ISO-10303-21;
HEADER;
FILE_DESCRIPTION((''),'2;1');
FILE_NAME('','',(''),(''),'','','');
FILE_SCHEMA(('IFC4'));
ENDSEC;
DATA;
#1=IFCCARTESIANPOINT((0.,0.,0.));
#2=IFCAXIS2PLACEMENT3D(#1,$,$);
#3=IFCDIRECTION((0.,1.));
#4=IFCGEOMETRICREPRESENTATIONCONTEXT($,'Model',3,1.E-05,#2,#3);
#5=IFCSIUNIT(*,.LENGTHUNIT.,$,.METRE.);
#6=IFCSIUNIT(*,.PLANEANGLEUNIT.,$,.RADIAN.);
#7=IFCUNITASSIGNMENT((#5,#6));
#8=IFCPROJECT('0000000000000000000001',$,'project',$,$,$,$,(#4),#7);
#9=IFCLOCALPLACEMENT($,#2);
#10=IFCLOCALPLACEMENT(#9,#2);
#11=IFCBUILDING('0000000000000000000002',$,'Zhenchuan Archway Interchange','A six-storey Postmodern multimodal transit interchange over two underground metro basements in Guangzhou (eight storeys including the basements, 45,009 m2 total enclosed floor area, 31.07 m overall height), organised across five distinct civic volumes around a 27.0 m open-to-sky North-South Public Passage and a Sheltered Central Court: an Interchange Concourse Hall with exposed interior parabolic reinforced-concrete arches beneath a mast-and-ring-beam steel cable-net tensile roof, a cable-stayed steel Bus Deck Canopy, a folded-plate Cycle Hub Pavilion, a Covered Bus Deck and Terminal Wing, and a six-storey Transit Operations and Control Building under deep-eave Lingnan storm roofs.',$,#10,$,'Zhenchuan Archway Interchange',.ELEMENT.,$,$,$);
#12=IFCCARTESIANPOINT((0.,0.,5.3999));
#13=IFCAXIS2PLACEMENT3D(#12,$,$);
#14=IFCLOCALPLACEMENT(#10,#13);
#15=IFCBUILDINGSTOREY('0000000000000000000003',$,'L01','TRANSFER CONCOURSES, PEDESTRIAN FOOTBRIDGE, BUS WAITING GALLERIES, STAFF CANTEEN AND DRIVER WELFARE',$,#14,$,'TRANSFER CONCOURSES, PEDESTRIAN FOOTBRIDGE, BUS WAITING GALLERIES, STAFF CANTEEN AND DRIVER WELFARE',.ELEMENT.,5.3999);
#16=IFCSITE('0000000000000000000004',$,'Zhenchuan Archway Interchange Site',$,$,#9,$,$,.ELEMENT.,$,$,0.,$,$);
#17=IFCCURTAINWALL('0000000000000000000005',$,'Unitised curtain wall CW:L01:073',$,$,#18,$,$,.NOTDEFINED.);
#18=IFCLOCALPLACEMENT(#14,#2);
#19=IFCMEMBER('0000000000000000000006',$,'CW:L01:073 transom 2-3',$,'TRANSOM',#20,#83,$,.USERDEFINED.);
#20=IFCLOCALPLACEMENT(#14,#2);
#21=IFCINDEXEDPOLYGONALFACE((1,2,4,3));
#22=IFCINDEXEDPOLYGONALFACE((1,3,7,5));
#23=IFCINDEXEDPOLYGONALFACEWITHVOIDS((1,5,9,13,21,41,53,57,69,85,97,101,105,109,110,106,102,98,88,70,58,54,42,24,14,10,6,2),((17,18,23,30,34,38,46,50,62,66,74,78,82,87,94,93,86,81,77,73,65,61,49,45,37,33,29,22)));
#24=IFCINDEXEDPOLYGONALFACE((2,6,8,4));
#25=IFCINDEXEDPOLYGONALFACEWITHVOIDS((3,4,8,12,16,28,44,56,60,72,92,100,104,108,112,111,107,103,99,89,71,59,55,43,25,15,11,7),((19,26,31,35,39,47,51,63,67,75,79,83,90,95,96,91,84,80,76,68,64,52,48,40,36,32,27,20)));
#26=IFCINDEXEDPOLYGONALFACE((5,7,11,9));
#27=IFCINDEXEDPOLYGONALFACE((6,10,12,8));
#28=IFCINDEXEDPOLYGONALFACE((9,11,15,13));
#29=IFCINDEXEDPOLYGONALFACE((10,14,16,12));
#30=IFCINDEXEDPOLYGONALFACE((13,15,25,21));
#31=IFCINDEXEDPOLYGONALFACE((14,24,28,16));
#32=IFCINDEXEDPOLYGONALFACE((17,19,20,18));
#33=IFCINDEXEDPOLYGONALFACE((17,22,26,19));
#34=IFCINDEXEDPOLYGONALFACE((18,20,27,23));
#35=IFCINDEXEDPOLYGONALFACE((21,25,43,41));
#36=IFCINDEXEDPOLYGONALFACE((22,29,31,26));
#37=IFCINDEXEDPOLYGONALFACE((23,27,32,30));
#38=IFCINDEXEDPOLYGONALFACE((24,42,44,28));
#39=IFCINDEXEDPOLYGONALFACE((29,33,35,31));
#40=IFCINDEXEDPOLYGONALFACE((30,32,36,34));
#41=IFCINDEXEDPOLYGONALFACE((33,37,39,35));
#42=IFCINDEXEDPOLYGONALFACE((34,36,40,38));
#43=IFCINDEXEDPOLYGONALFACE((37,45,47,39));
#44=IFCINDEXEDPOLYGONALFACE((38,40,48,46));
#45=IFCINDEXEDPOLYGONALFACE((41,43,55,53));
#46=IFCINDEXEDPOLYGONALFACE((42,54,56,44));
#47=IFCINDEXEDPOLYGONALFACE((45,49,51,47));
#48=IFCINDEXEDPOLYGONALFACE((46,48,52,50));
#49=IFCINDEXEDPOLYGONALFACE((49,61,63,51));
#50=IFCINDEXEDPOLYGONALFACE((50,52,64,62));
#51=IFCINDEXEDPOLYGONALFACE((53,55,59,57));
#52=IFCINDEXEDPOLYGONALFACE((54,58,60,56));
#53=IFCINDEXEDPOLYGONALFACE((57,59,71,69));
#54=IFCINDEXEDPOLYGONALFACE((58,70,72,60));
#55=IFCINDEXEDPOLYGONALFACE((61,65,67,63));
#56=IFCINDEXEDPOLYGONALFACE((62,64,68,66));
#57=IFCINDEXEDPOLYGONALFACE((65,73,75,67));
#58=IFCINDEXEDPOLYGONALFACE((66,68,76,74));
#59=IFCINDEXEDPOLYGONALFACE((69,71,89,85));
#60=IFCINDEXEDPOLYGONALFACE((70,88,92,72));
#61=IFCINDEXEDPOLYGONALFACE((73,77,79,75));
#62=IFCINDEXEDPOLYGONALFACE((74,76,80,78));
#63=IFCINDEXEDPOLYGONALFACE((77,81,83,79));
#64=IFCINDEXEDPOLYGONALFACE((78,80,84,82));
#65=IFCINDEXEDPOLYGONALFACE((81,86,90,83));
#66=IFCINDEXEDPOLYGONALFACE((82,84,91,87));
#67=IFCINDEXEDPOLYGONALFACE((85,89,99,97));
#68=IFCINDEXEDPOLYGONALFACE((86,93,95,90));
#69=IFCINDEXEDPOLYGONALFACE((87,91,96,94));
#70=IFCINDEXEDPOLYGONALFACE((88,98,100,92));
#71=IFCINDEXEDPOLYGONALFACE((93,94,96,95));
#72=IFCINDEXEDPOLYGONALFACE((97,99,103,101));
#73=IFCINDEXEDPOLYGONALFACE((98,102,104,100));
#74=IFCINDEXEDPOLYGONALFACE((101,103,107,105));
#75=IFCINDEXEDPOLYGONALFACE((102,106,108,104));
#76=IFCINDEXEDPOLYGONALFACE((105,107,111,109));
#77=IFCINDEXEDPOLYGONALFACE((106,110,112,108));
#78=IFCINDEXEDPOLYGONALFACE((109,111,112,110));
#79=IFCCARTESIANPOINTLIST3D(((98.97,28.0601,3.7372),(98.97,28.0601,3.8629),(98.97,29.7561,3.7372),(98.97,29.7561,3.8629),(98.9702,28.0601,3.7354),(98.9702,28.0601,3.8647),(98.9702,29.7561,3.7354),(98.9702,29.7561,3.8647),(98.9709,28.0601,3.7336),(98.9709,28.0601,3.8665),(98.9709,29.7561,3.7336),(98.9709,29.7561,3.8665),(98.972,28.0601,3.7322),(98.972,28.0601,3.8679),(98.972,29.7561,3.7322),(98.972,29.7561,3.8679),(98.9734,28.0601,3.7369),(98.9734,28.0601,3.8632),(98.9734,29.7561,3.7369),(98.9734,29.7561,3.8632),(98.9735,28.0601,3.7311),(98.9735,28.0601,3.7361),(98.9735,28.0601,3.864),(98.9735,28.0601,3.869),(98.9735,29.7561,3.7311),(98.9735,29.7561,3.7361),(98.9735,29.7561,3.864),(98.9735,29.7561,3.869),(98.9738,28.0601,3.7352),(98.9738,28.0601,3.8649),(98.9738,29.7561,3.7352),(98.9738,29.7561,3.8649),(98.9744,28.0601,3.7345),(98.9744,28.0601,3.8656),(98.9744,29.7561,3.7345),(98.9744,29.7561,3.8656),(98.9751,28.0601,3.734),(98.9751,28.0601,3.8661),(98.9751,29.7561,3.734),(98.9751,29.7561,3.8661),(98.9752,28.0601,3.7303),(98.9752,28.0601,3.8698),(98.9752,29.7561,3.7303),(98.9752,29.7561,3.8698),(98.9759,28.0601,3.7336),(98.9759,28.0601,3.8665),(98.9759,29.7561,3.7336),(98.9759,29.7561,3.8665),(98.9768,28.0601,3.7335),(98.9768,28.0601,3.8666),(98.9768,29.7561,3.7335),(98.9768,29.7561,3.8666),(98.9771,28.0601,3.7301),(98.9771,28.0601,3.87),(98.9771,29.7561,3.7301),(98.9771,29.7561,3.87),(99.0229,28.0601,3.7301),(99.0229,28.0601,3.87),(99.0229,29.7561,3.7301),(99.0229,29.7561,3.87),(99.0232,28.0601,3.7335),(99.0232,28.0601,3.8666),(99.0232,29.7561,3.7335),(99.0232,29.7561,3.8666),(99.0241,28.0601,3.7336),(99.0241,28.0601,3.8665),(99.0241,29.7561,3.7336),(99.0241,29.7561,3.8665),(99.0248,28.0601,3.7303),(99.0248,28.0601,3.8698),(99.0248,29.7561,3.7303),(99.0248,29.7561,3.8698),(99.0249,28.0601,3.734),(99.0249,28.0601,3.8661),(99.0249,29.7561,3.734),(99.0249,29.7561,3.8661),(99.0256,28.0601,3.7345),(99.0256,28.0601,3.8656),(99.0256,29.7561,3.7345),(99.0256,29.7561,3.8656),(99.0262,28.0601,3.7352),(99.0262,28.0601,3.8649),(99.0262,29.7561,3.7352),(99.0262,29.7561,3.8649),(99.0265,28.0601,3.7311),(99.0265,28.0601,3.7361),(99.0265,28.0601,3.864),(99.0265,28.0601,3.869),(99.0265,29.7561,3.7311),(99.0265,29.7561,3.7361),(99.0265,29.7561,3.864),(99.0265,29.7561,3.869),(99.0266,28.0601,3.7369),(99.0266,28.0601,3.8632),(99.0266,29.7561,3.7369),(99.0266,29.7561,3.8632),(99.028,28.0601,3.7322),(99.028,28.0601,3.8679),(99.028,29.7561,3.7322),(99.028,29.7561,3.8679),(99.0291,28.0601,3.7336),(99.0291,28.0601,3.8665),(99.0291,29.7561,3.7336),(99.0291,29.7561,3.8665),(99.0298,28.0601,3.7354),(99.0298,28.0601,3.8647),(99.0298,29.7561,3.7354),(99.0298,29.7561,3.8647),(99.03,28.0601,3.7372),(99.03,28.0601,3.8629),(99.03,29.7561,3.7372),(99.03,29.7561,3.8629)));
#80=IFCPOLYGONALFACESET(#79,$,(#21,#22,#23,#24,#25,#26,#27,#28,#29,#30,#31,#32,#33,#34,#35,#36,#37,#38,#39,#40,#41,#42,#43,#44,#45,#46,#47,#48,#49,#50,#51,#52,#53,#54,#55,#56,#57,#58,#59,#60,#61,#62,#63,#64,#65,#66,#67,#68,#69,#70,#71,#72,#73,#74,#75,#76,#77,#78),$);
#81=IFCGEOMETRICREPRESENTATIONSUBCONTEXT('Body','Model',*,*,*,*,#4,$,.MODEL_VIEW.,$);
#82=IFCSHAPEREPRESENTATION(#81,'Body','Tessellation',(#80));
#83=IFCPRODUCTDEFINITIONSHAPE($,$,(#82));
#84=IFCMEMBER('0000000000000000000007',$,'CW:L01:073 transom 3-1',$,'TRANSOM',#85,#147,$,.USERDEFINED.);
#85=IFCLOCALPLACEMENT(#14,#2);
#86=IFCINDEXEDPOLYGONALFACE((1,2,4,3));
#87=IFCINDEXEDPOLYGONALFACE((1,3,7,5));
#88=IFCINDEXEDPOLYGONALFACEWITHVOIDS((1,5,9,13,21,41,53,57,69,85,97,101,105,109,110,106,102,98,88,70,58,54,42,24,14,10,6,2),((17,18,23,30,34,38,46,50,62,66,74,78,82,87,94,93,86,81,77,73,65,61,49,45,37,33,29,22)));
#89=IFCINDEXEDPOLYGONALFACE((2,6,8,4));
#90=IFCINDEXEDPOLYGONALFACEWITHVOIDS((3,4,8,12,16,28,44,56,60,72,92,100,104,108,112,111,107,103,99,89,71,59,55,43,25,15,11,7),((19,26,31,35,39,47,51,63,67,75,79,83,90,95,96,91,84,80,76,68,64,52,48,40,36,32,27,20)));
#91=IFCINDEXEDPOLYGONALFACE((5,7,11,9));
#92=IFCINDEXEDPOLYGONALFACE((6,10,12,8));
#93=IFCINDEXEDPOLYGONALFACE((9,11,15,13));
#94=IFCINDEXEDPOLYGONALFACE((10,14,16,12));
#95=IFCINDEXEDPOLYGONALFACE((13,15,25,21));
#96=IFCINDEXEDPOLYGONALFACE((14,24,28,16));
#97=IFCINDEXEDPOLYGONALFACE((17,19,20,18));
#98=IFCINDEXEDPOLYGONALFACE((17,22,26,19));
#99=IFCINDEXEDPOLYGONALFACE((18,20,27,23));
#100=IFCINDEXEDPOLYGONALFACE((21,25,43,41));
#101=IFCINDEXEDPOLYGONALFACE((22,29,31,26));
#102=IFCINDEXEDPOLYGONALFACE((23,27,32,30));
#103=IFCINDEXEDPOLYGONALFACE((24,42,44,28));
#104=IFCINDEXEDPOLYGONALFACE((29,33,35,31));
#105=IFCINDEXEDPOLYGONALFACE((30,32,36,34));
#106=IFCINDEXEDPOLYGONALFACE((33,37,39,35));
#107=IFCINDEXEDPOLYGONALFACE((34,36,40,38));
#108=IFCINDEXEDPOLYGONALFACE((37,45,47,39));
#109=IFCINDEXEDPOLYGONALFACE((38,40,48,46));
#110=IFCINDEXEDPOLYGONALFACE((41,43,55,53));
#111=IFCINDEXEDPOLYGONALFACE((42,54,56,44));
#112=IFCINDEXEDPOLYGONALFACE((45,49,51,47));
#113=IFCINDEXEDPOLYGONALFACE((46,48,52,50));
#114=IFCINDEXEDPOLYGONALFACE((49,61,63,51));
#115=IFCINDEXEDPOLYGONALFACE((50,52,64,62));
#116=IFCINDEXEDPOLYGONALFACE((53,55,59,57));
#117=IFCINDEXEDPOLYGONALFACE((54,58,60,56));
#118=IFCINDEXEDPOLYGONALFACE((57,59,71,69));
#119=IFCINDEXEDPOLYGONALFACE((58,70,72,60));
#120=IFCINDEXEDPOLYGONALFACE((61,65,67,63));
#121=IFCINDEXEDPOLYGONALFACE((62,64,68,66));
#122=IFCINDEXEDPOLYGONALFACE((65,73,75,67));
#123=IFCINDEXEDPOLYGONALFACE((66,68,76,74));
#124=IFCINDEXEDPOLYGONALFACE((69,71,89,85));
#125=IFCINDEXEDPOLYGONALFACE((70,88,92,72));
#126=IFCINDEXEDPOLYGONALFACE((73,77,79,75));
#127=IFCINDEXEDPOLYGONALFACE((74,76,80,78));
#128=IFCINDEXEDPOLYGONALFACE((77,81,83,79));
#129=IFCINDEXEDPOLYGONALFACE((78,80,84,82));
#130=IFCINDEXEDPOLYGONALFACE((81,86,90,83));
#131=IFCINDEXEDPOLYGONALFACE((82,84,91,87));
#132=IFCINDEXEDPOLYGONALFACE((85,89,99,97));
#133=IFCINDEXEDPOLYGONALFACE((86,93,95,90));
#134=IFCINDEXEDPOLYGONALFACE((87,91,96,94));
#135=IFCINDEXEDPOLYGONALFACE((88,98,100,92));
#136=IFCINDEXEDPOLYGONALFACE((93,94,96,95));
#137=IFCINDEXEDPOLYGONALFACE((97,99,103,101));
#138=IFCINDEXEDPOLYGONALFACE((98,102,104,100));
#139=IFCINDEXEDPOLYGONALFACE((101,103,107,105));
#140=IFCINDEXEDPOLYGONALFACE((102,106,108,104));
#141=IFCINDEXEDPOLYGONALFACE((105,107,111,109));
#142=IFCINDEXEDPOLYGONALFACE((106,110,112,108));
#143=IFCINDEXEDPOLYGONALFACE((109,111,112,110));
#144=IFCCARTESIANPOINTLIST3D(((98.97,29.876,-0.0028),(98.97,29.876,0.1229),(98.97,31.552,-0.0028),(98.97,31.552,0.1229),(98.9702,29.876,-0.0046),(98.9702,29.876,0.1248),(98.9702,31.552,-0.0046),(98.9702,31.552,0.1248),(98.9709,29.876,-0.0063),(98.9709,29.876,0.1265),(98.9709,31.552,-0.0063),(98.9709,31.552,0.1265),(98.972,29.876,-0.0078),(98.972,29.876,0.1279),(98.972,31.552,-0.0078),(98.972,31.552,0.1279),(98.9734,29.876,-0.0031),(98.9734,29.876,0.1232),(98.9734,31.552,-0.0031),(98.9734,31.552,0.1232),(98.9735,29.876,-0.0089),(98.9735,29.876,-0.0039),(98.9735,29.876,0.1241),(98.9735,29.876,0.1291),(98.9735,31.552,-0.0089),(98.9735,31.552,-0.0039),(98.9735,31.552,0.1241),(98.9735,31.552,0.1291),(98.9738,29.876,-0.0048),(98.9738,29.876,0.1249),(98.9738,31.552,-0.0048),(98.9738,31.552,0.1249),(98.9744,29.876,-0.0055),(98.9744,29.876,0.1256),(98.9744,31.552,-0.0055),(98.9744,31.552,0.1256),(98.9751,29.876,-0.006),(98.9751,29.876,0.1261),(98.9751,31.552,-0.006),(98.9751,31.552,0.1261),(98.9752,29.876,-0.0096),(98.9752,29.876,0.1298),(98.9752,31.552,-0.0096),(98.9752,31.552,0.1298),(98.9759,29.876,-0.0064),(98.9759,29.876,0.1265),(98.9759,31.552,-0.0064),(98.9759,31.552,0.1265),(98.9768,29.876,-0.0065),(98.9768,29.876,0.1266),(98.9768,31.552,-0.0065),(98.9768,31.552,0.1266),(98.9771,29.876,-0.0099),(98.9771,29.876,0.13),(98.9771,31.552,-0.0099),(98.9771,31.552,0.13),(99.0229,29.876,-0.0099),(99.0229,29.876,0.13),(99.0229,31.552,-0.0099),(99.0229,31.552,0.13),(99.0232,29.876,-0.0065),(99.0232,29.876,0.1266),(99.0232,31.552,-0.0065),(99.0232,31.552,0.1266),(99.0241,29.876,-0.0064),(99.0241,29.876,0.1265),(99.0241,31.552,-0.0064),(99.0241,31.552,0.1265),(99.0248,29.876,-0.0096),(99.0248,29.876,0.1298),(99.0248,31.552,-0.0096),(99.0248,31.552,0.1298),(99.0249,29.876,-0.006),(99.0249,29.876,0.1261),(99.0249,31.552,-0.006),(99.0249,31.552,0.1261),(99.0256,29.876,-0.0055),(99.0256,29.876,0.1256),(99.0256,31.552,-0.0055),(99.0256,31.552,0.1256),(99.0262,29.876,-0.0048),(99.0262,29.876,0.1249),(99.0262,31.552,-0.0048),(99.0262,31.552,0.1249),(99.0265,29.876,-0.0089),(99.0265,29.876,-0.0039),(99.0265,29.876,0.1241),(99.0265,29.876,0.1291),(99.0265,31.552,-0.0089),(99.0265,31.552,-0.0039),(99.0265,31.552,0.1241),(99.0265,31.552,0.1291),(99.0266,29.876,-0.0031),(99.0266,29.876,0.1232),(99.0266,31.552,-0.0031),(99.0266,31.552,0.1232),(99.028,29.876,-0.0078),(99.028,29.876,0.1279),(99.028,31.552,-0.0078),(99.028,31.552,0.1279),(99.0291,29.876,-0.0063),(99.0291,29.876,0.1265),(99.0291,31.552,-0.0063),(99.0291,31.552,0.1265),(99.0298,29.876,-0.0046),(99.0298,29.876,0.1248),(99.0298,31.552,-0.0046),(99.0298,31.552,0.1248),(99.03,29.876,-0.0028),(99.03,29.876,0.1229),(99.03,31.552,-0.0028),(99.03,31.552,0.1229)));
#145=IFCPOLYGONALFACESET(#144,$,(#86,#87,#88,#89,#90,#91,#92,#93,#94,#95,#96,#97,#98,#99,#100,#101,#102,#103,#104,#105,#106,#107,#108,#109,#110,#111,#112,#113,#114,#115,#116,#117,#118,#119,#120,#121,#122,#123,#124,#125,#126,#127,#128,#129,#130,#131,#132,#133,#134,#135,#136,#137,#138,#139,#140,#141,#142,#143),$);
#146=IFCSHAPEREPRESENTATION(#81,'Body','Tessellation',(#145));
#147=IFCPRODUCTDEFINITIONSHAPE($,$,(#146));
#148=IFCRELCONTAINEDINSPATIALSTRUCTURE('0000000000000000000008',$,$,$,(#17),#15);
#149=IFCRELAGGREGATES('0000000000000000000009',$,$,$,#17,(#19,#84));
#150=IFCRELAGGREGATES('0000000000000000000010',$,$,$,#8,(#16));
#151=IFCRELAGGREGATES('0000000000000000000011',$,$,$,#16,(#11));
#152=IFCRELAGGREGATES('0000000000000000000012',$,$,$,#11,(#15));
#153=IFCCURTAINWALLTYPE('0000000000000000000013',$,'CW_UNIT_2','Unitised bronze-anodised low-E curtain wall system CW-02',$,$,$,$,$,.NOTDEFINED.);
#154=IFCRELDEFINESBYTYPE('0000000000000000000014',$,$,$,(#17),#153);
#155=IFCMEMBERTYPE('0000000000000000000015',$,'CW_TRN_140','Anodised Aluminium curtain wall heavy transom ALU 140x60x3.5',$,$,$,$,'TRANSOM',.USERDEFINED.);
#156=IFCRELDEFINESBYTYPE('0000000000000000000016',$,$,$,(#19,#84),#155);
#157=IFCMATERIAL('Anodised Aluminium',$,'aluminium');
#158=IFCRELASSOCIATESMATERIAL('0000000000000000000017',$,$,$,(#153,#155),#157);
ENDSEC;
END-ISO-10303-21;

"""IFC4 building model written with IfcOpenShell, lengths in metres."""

from ifc_helpers import new_model, si_unit, direction, frame, origin, origin_2d, place, context, subcontext, project, spatial, hollow_rectangle, extrude, material, material_profile, profile_set, type_object, element, aggregate, save


model = new_model("IFC4")

# Units and contexts
model_context = context("Model", 3, precision=1e-05, world=origin(), true_north=direction((0.0, 1.0)))
body_context = subcontext(model_context, "Body", "Model", "MODEL_VIEW")
ifc_project = project(units=[si_unit("LENGTHUNIT", "METRE"), si_unit("PLANEANGLEUNIT", "RADIAN")], contexts=[model_context])

# Site, building, storey
site_placement = place(None, origin())
site = spatial("IfcSite", under=ifc_project, at=site_placement, Name="Zhenchuan Archway Interchange Site", CompositionType="ELEMENT", RefElevation=0.0)
building_placement = place(site_placement, origin())
building = spatial("IfcBuilding", under=site, at=building_placement, Name="Zhenchuan Archway Interchange", Description="A six-storey Postmodern multimodal transit interchange over two underground metro basements in Guangzhou (eight storeys including the basements, 45,009 m2 total enclosed floor area, 31.07 m overall height), organised across five distinct civic volumes around a 27.0 m open-to-sky North-South Public Passage and a Sheltered Central Court: an Interchange Concourse Hall with exposed interior parabolic reinforced-concrete arches beneath a mast-and-ring-beam steel cable-net tensile roof, a cable-stayed steel Bus Deck Canopy, a folded-plate Cycle Hub Pavilion, a Covered Bus Deck and Terminal Wing, and a six-storey Transit Operations and Control Building under deep-eave Lingnan storm roofs.", LongName="Zhenchuan Archway Interchange", CompositionType="ELEMENT")
storey_placement = place(building_placement, frame((0.0, 0.0, 5.3999)))
storey = spatial("IfcBuildingStorey", under=building, at=storey_placement, Name="L01", Description="TRANSFER CONCOURSES, PEDESTRIAN FOOTBRIDGE, BUS WAITING GALLERIES, STAFF CANTEEN AND DRIVER WELFARE", LongName="TRANSFER CONCOURSES, PEDESTRIAN FOOTBRIDGE, BUS WAITING GALLERIES, STAFF CANTEEN AND DRIVER WELFARE", CompositionType="ELEMENT", Elevation=5.3999)

# Curtain wall, members
ifc_material_1 = material(Name="Anodised Aluminium", Category="aluminium")
curtain_wall_type = type_object("IfcCurtainWallType", Name="CW_UNIT_2", Description="Unitised bronze-anodised low-E curtain wall system CW-02", PredefinedType="NOTDEFINED", material=ifc_material_1)
curtain_wall_placement = place(storey_placement, origin())
curtain_wall = element("IfcCurtainWall", 1, at=curtain_wall_placement, inside=storey, type_object=curtain_wall_type, Name="Unitised curtain wall CW:L01:073", PredefinedType="NOTDEFINED")
ifc_material_profile_1 = material_profile(ifc_material_1, hollow_rectangle(XDim=0.0601, YDim=0.1399, WallThickness=0.0034, InnerFilletRadius=0.0034, OuterFilletRadius=0.0071, at=origin_2d()), Name="ALU 140x60x3.5")
ifc_profile_set_1 = profile_set([ifc_material_profile_1], Name="Anodised Aluminium")
member_type_1 = type_object("IfcMemberType", Name="CW_TRN_140", Description="Anodised Aluminium curtain wall heavy transom ALU 140x60x3.5", ElementType="TRANSOM", PredefinedType="USERDEFINED", material=ifc_profile_set_1)
member_1_placement = place(storey_placement, frame((99.0, 28.0601, 3.8), z_axis=(0.0, 1.0, 0.0), x_axis=(-1.0, 0.0, 0.0)))
member_1 = element("IfcMember", 2, at=member_1_placement, type_object=member_type_1, Name="CW:L01:073 transom 2-3", ObjectType="TRANSOM", PredefinedType="USERDEFINED", context=body_context, shape_type="SweptSolid", body=[
    extrude(hollow_rectangle(XDim=0.0601, YDim=0.1399, WallThickness=0.0034, InnerFilletRadius=0.0034, OuterFilletRadius=0.0071, at=origin_2d()), origin(), (0.0, 0.0, 1.0), 1.696),
])
member_2_placement = place(storey_placement, frame((99.0, 29.876, 0.0601), z_axis=(0.0, 1.0, 0.0), x_axis=(-1.0, 0.0, 0.0)))
member_2 = element("IfcMember", 3, at=member_2_placement, type_object=member_type_1, Name="CW:L01:073 transom 3-1", ObjectType="TRANSOM", PredefinedType="USERDEFINED", context=body_context, shape_type="SweptSolid", body=[
    extrude(hollow_rectangle(XDim=0.0601, YDim=0.1399, WallThickness=0.0034, InnerFilletRadius=0.0034, OuterFilletRadius=0.0071, at=origin_2d()), origin(), (0.0, 0.0, 1.0), 1.676),
])

aggregate(curtain_wall, [member_1, member_2])

save(model, "model.ifc")
